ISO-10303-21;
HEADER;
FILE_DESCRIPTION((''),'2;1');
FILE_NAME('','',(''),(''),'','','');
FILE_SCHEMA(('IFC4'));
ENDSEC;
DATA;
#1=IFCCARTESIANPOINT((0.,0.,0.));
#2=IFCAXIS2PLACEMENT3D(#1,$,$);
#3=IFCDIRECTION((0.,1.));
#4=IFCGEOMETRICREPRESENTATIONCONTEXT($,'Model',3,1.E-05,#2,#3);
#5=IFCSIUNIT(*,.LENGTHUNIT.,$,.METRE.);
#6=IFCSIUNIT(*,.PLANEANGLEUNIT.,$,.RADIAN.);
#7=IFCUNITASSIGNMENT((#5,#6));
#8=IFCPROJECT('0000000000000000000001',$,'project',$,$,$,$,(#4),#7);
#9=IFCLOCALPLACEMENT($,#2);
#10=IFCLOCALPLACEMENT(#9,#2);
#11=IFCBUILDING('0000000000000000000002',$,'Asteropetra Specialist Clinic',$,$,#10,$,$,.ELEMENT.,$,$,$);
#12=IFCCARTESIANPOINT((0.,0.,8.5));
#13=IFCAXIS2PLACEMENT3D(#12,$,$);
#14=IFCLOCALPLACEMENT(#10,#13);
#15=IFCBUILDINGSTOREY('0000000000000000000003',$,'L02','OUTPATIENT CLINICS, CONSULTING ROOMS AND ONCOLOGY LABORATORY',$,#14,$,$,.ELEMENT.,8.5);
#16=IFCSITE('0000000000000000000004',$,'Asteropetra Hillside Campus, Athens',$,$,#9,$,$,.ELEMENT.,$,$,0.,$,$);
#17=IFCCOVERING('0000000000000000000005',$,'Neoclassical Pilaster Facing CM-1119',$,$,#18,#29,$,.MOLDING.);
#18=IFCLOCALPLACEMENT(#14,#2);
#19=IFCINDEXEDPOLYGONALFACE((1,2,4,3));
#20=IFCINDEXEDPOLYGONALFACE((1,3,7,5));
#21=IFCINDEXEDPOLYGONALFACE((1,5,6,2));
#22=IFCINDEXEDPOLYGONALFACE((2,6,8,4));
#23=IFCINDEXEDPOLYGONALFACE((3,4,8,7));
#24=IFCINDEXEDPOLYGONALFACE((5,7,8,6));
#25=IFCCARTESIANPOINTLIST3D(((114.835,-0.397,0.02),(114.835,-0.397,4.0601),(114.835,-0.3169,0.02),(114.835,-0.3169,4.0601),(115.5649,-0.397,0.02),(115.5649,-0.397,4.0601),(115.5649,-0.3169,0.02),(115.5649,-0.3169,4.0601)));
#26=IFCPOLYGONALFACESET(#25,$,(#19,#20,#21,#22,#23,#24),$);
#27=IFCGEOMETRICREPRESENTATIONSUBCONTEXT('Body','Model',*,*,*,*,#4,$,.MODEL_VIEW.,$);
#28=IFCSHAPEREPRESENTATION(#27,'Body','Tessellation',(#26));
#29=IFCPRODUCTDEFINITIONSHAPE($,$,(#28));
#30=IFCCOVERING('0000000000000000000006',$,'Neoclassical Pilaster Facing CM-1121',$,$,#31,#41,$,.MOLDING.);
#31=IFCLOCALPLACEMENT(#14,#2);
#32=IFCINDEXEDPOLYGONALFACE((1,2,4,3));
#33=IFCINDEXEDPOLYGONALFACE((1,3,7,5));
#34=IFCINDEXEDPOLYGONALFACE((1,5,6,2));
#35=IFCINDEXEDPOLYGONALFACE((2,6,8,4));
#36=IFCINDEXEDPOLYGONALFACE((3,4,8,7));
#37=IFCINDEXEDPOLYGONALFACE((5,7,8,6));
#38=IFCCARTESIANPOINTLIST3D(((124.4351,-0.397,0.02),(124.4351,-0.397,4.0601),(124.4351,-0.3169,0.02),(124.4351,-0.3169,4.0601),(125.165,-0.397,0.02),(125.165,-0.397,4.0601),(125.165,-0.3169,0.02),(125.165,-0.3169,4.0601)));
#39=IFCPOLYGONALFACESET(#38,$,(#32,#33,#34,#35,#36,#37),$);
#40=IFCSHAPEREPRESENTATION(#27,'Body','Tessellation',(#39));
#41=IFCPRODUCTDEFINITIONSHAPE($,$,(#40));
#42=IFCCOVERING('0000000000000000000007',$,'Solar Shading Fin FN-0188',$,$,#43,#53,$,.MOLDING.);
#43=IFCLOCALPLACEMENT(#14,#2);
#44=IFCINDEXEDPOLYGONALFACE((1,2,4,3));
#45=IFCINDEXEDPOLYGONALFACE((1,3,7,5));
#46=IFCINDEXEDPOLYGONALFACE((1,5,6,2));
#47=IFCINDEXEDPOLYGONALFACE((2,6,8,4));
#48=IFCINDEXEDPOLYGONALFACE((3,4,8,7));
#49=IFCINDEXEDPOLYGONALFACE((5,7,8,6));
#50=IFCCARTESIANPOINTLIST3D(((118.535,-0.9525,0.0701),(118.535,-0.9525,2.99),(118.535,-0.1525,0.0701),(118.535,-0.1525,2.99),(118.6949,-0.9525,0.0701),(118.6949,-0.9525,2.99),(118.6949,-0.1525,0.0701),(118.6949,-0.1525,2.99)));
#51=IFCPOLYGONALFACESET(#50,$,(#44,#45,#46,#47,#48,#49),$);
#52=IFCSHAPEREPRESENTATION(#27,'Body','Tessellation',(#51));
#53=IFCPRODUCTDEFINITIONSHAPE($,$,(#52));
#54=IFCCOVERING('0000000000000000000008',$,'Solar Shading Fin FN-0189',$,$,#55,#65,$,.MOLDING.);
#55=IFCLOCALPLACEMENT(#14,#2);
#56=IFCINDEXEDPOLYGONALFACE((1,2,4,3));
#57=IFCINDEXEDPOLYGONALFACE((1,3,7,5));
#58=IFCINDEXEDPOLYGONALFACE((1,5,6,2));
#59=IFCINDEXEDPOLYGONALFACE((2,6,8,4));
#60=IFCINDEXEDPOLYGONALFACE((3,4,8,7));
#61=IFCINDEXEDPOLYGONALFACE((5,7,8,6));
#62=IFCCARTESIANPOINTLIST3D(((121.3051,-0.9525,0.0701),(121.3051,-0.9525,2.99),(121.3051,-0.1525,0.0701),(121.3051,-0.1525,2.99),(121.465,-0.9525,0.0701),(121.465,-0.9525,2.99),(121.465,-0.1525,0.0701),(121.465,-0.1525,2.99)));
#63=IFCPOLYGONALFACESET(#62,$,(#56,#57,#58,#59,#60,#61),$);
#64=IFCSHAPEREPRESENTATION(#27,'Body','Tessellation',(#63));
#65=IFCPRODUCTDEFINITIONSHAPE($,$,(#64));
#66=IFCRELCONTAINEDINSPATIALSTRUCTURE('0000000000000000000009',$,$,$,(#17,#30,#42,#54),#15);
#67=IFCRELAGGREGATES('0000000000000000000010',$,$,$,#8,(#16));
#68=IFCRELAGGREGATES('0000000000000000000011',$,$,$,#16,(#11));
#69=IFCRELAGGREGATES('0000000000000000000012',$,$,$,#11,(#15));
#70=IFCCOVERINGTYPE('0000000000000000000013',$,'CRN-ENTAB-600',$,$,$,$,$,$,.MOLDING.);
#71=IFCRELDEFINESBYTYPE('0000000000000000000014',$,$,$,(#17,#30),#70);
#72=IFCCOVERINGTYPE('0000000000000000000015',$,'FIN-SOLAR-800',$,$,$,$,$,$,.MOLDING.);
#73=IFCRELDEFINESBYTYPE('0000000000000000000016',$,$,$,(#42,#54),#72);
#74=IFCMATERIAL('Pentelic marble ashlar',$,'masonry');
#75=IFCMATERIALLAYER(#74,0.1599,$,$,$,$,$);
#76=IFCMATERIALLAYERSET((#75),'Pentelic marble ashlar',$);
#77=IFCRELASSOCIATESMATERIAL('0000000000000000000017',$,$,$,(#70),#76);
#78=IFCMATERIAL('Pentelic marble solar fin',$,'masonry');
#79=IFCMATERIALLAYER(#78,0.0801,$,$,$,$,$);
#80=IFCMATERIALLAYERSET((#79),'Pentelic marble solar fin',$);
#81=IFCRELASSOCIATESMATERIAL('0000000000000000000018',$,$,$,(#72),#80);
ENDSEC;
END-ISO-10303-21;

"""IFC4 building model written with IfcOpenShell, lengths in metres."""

from ifc_helpers import new_model, si_unit, direction, frame, origin, origin_2d, place, context, subcontext, project, spatial, rectangle, extrude, material, layer, layer_set, type_object, element, save


model = new_model("IFC4")

# Units and contexts
model_context = context("Model", 3, precision=1e-05, world=origin(), true_north=direction((0.0, 1.0)))
body_context = subcontext(model_context, "Body", "Model", "MODEL_VIEW")
ifc_project = project(units=[si_unit("LENGTHUNIT", "METRE"), si_unit("PLANEANGLEUNIT", "RADIAN")], contexts=[model_context])

# Site, building, storey
site_placement = place(None, origin())
site = spatial("IfcSite", under=ifc_project, at=site_placement, Name="Asteropetra Hillside Campus, Athens", CompositionType="ELEMENT", RefElevation=0.0)
building_placement = place(site_placement, origin())
building = spatial("IfcBuilding", under=site, at=building_placement, Name="Asteropetra Specialist Clinic", CompositionType="ELEMENT")
storey_placement = place(building_placement, frame((0.0, 0.0, 8.5)))
storey = spatial("IfcBuildingStorey", under=building, at=storey_placement, Name="L02", Description="OUTPATIENT CLINICS, CONSULTING ROOMS AND ONCOLOGY LABORATORY", CompositionType="ELEMENT", Elevation=8.5)

# Coverings
ifc_material_1 = material(Name="Pentelic marble ashlar", Category="masonry")
ifc_layer_1 = layer(ifc_material_1, 0.1599)
ifc_layer_set_1 = layer_set([ifc_layer_1], Name="Pentelic marble ashlar")
covering_type_1 = type_object("IfcCoveringType", Name="CRN-ENTAB-600", PredefinedType="MOLDING", material=ifc_layer_set_1)
for number, where, z_axis, x_axis, name in (
    (1, (115.2, -0.3569, 0.02), (0.0, 0.0, 1.0), (1.0, 0.0, 0.0), "Neoclassical Pilaster Facing CM-1119"),
    (2, (124.8, -0.3569, 0.02), (0.0, 0.0, 1.0), (1.0, 0.0, 0.0), "Neoclassical Pilaster Facing CM-1121"),
):
    element("IfcCovering", number, at=place(storey_placement, frame(where, z_axis=z_axis, x_axis=x_axis)), inside=storey, type_object=covering_type_1, Name=name, PredefinedType="MOLDING", context=body_context, shape_type="SweptSolid", body=[
        extrude(rectangle(XDim=0.73, YDim=0.0801, at=origin_2d()), origin(), (0.0, 0.0, 1.0), 4.04),
    ])
ifc_material_2 = material(Name="Pentelic marble solar fin", Category="masonry")
ifc_layer_2 = layer(ifc_material_2, 0.0801)
ifc_layer_set_2 = layer_set([ifc_layer_2], Name="Pentelic marble solar fin")
covering_type_2 = type_object("IfcCoveringType", Name="FIN-SOLAR-800", PredefinedType="MOLDING", material=ifc_layer_set_2)
for number, where, z_axis, x_axis, name in (
    (3, (118.615, -0.5525, 0.0701), (0.0, 0.0, 1.0), (1.0, 0.0, 0.0), "Solar Shading Fin FN-0188"),
    (4, (121.385, -0.5525, 0.0701), (0.0, 0.0, 1.0), (1.0, 0.0, 0.0), "Solar Shading Fin FN-0189"),
):
    element("IfcCovering", number, at=place(storey_placement, frame(where, z_axis=z_axis, x_axis=x_axis)), inside=storey, type_object=covering_type_2, Name=name, PredefinedType="MOLDING", context=body_context, shape_type="SweptSolid", body=[
        extrude(rectangle(XDim=0.1599, YDim=0.8, at=origin_2d()), origin(), (0.0, 0.0, 1.0), 2.9199),
    ])

save(model, "model.ifc")
